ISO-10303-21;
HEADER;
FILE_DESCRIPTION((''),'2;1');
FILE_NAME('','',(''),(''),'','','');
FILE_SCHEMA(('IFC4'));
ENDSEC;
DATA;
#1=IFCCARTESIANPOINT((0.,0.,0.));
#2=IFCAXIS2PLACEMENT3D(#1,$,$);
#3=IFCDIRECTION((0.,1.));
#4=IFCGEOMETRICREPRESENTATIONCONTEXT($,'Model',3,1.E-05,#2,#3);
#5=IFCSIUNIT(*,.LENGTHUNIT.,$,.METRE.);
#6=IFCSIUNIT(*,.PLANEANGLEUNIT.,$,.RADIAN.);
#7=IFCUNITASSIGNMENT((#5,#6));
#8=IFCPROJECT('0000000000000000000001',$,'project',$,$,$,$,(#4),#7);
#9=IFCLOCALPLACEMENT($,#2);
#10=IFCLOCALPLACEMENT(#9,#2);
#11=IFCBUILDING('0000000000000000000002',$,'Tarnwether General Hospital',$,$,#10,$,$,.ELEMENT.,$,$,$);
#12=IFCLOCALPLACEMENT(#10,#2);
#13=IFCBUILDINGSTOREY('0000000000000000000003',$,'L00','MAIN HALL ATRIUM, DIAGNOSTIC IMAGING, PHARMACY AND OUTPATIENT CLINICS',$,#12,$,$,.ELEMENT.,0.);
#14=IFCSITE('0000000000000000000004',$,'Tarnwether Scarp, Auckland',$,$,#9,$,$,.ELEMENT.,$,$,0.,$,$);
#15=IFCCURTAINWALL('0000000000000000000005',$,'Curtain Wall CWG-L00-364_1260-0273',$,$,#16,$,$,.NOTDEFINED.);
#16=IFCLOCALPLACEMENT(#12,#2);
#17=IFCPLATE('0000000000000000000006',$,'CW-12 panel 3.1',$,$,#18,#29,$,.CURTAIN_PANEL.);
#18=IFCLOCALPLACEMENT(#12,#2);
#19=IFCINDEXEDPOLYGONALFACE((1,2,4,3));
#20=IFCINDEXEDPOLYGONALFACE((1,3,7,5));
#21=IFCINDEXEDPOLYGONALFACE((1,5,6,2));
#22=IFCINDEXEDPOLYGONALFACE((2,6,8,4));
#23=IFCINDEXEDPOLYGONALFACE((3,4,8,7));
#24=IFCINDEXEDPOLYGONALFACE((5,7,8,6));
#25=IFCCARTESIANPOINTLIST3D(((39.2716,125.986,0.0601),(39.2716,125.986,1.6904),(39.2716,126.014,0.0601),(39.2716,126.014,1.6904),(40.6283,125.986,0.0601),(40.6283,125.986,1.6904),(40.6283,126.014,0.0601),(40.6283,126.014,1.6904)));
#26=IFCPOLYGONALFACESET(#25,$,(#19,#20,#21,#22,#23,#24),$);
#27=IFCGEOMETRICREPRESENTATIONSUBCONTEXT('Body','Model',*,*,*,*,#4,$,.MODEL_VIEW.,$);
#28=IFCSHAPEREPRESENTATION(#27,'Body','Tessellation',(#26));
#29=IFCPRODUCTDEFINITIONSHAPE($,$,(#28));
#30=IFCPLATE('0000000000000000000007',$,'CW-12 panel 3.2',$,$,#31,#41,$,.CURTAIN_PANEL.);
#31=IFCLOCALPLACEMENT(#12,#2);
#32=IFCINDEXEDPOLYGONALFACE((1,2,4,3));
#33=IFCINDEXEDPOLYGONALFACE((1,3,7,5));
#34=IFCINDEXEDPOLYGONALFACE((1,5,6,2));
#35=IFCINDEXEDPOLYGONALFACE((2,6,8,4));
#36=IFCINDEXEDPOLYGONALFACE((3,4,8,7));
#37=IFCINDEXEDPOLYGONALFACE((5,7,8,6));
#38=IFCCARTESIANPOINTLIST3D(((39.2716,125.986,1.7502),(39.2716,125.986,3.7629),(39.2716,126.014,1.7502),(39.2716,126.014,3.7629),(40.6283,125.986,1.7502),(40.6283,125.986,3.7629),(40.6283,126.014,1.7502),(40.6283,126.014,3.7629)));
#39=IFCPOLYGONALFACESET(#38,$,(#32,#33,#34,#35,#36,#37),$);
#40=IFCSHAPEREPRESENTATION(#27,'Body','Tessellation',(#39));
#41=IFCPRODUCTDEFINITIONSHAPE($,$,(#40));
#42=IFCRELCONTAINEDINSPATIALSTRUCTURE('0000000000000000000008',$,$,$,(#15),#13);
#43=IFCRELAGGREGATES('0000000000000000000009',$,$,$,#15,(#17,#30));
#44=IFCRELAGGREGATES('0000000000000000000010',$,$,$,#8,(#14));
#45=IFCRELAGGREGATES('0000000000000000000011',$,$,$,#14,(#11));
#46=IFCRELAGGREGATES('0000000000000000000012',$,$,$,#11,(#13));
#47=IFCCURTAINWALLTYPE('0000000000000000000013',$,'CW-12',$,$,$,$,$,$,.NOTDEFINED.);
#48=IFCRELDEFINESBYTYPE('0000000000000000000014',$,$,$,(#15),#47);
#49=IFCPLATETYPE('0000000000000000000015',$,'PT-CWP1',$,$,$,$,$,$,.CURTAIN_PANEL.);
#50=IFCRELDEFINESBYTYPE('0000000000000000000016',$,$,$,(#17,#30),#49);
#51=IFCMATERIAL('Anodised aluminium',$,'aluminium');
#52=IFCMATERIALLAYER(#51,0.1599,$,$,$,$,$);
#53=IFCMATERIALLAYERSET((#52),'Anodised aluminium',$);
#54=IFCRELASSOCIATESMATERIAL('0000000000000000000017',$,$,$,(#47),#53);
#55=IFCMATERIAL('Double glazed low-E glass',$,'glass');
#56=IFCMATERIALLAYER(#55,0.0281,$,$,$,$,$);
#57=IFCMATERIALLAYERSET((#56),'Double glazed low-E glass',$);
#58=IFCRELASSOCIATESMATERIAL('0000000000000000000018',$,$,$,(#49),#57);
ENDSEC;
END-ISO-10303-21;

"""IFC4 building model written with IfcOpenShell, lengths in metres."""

from ifc_helpers import new_model, si_unit, direction, frame, origin, origin_2d, place, context, subcontext, project, spatial, rectangle, extrude, material, layer, layer_set, type_object, element, aggregate, save


model = new_model("IFC4")

# Units and contexts
model_context = context("Model", 3, precision=1e-05, world=origin(), true_north=direction((0.0, 1.0)))
body_context = subcontext(model_context, "Body", "Model", "MODEL_VIEW")
ifc_project = project(units=[si_unit("LENGTHUNIT", "METRE"), si_unit("PLANEANGLEUNIT", "RADIAN")], contexts=[model_context])

# Site, building, storey
site_placement = place(None, origin())
site = spatial("IfcSite", under=ifc_project, at=site_placement, Name="Tarnwether Scarp, Auckland", CompositionType="ELEMENT", RefElevation=0.0)
building_placement = place(site_placement, origin())
building = spatial("IfcBuilding", under=site, at=building_placement, Name="Tarnwether General Hospital", CompositionType="ELEMENT")
storey_placement = place(building_placement, origin())
storey = spatial("IfcBuildingStorey", under=building, at=storey_placement, Name="L00", Description="MAIN HALL ATRIUM, DIAGNOSTIC IMAGING, PHARMACY AND OUTPATIENT CLINICS", CompositionType="ELEMENT", Elevation=0.0)

# Curtain wall, plates
ifc_material_1 = material(Name="Anodised aluminium", Category="aluminium")
ifc_layer_1 = layer(ifc_material_1, 0.1599)
ifc_layer_set_1 = layer_set([ifc_layer_1], Name="Anodised aluminium")
curtain_wall_type = type_object("IfcCurtainWallType", Name="CW-12", PredefinedType="NOTDEFINED", material=ifc_layer_set_1)
curtain_wall_placement = place(storey_placement, origin())
curtain_wall = element("IfcCurtainWall", 1, at=curtain_wall_placement, inside=storey, type_object=curtain_wall_type, Name="Curtain Wall CWG-L00-364_1260-0273", PredefinedType="NOTDEFINED")
ifc_material_2 = material(Name="Double glazed low-E glass", Category="glass")
ifc_layer_2 = layer(ifc_material_2, 0.0281)
ifc_layer_set_2 = layer_set([ifc_layer_2], Name="Double glazed low-E glass")
plate_type = type_object("IfcPlateType", Name="PT-CWP1", PredefinedType="CURTAIN_PANEL", material=ifc_layer_set_2)
plate_1_placement = place(storey_placement, frame((39.95, 126.0, 0.0601), z_axis=(0.0, 0.0, 1.0), x_axis=(1.0, 0.0, 0.0)))
plate_1 = element("IfcPlate", 2, at=plate_1_placement, type_object=plate_type, Name="CW-12 panel 3.1", PredefinedType="CURTAIN_PANEL", context=body_context, shape_type="SweptSolid", body=[
    extrude(rectangle(XDim=1.3567, YDim=0.0281, at=origin_2d()), origin(), (0.0, 0.0, 1.0), 1.6304),
])
plate_2_placement = place(storey_placement, frame((39.95, 126.0, 1.7502), z_axis=(0.0, 0.0, 1.0), x_axis=(1.0, 0.0, 0.0)))
plate_2 = element("IfcPlate", 3, at=plate_2_placement, type_object=plate_type, Name="CW-12 panel 3.2", PredefinedType="CURTAIN_PANEL", context=body_context, shape_type="SweptSolid", body=[
    extrude(rectangle(XDim=1.3567, YDim=0.0281, at=origin_2d()), origin(), (0.0, 0.0, 1.0), 2.0127),
])
aggregate(curtain_wall, [plate_1, plate_2])

save(model, "model.ifc")
